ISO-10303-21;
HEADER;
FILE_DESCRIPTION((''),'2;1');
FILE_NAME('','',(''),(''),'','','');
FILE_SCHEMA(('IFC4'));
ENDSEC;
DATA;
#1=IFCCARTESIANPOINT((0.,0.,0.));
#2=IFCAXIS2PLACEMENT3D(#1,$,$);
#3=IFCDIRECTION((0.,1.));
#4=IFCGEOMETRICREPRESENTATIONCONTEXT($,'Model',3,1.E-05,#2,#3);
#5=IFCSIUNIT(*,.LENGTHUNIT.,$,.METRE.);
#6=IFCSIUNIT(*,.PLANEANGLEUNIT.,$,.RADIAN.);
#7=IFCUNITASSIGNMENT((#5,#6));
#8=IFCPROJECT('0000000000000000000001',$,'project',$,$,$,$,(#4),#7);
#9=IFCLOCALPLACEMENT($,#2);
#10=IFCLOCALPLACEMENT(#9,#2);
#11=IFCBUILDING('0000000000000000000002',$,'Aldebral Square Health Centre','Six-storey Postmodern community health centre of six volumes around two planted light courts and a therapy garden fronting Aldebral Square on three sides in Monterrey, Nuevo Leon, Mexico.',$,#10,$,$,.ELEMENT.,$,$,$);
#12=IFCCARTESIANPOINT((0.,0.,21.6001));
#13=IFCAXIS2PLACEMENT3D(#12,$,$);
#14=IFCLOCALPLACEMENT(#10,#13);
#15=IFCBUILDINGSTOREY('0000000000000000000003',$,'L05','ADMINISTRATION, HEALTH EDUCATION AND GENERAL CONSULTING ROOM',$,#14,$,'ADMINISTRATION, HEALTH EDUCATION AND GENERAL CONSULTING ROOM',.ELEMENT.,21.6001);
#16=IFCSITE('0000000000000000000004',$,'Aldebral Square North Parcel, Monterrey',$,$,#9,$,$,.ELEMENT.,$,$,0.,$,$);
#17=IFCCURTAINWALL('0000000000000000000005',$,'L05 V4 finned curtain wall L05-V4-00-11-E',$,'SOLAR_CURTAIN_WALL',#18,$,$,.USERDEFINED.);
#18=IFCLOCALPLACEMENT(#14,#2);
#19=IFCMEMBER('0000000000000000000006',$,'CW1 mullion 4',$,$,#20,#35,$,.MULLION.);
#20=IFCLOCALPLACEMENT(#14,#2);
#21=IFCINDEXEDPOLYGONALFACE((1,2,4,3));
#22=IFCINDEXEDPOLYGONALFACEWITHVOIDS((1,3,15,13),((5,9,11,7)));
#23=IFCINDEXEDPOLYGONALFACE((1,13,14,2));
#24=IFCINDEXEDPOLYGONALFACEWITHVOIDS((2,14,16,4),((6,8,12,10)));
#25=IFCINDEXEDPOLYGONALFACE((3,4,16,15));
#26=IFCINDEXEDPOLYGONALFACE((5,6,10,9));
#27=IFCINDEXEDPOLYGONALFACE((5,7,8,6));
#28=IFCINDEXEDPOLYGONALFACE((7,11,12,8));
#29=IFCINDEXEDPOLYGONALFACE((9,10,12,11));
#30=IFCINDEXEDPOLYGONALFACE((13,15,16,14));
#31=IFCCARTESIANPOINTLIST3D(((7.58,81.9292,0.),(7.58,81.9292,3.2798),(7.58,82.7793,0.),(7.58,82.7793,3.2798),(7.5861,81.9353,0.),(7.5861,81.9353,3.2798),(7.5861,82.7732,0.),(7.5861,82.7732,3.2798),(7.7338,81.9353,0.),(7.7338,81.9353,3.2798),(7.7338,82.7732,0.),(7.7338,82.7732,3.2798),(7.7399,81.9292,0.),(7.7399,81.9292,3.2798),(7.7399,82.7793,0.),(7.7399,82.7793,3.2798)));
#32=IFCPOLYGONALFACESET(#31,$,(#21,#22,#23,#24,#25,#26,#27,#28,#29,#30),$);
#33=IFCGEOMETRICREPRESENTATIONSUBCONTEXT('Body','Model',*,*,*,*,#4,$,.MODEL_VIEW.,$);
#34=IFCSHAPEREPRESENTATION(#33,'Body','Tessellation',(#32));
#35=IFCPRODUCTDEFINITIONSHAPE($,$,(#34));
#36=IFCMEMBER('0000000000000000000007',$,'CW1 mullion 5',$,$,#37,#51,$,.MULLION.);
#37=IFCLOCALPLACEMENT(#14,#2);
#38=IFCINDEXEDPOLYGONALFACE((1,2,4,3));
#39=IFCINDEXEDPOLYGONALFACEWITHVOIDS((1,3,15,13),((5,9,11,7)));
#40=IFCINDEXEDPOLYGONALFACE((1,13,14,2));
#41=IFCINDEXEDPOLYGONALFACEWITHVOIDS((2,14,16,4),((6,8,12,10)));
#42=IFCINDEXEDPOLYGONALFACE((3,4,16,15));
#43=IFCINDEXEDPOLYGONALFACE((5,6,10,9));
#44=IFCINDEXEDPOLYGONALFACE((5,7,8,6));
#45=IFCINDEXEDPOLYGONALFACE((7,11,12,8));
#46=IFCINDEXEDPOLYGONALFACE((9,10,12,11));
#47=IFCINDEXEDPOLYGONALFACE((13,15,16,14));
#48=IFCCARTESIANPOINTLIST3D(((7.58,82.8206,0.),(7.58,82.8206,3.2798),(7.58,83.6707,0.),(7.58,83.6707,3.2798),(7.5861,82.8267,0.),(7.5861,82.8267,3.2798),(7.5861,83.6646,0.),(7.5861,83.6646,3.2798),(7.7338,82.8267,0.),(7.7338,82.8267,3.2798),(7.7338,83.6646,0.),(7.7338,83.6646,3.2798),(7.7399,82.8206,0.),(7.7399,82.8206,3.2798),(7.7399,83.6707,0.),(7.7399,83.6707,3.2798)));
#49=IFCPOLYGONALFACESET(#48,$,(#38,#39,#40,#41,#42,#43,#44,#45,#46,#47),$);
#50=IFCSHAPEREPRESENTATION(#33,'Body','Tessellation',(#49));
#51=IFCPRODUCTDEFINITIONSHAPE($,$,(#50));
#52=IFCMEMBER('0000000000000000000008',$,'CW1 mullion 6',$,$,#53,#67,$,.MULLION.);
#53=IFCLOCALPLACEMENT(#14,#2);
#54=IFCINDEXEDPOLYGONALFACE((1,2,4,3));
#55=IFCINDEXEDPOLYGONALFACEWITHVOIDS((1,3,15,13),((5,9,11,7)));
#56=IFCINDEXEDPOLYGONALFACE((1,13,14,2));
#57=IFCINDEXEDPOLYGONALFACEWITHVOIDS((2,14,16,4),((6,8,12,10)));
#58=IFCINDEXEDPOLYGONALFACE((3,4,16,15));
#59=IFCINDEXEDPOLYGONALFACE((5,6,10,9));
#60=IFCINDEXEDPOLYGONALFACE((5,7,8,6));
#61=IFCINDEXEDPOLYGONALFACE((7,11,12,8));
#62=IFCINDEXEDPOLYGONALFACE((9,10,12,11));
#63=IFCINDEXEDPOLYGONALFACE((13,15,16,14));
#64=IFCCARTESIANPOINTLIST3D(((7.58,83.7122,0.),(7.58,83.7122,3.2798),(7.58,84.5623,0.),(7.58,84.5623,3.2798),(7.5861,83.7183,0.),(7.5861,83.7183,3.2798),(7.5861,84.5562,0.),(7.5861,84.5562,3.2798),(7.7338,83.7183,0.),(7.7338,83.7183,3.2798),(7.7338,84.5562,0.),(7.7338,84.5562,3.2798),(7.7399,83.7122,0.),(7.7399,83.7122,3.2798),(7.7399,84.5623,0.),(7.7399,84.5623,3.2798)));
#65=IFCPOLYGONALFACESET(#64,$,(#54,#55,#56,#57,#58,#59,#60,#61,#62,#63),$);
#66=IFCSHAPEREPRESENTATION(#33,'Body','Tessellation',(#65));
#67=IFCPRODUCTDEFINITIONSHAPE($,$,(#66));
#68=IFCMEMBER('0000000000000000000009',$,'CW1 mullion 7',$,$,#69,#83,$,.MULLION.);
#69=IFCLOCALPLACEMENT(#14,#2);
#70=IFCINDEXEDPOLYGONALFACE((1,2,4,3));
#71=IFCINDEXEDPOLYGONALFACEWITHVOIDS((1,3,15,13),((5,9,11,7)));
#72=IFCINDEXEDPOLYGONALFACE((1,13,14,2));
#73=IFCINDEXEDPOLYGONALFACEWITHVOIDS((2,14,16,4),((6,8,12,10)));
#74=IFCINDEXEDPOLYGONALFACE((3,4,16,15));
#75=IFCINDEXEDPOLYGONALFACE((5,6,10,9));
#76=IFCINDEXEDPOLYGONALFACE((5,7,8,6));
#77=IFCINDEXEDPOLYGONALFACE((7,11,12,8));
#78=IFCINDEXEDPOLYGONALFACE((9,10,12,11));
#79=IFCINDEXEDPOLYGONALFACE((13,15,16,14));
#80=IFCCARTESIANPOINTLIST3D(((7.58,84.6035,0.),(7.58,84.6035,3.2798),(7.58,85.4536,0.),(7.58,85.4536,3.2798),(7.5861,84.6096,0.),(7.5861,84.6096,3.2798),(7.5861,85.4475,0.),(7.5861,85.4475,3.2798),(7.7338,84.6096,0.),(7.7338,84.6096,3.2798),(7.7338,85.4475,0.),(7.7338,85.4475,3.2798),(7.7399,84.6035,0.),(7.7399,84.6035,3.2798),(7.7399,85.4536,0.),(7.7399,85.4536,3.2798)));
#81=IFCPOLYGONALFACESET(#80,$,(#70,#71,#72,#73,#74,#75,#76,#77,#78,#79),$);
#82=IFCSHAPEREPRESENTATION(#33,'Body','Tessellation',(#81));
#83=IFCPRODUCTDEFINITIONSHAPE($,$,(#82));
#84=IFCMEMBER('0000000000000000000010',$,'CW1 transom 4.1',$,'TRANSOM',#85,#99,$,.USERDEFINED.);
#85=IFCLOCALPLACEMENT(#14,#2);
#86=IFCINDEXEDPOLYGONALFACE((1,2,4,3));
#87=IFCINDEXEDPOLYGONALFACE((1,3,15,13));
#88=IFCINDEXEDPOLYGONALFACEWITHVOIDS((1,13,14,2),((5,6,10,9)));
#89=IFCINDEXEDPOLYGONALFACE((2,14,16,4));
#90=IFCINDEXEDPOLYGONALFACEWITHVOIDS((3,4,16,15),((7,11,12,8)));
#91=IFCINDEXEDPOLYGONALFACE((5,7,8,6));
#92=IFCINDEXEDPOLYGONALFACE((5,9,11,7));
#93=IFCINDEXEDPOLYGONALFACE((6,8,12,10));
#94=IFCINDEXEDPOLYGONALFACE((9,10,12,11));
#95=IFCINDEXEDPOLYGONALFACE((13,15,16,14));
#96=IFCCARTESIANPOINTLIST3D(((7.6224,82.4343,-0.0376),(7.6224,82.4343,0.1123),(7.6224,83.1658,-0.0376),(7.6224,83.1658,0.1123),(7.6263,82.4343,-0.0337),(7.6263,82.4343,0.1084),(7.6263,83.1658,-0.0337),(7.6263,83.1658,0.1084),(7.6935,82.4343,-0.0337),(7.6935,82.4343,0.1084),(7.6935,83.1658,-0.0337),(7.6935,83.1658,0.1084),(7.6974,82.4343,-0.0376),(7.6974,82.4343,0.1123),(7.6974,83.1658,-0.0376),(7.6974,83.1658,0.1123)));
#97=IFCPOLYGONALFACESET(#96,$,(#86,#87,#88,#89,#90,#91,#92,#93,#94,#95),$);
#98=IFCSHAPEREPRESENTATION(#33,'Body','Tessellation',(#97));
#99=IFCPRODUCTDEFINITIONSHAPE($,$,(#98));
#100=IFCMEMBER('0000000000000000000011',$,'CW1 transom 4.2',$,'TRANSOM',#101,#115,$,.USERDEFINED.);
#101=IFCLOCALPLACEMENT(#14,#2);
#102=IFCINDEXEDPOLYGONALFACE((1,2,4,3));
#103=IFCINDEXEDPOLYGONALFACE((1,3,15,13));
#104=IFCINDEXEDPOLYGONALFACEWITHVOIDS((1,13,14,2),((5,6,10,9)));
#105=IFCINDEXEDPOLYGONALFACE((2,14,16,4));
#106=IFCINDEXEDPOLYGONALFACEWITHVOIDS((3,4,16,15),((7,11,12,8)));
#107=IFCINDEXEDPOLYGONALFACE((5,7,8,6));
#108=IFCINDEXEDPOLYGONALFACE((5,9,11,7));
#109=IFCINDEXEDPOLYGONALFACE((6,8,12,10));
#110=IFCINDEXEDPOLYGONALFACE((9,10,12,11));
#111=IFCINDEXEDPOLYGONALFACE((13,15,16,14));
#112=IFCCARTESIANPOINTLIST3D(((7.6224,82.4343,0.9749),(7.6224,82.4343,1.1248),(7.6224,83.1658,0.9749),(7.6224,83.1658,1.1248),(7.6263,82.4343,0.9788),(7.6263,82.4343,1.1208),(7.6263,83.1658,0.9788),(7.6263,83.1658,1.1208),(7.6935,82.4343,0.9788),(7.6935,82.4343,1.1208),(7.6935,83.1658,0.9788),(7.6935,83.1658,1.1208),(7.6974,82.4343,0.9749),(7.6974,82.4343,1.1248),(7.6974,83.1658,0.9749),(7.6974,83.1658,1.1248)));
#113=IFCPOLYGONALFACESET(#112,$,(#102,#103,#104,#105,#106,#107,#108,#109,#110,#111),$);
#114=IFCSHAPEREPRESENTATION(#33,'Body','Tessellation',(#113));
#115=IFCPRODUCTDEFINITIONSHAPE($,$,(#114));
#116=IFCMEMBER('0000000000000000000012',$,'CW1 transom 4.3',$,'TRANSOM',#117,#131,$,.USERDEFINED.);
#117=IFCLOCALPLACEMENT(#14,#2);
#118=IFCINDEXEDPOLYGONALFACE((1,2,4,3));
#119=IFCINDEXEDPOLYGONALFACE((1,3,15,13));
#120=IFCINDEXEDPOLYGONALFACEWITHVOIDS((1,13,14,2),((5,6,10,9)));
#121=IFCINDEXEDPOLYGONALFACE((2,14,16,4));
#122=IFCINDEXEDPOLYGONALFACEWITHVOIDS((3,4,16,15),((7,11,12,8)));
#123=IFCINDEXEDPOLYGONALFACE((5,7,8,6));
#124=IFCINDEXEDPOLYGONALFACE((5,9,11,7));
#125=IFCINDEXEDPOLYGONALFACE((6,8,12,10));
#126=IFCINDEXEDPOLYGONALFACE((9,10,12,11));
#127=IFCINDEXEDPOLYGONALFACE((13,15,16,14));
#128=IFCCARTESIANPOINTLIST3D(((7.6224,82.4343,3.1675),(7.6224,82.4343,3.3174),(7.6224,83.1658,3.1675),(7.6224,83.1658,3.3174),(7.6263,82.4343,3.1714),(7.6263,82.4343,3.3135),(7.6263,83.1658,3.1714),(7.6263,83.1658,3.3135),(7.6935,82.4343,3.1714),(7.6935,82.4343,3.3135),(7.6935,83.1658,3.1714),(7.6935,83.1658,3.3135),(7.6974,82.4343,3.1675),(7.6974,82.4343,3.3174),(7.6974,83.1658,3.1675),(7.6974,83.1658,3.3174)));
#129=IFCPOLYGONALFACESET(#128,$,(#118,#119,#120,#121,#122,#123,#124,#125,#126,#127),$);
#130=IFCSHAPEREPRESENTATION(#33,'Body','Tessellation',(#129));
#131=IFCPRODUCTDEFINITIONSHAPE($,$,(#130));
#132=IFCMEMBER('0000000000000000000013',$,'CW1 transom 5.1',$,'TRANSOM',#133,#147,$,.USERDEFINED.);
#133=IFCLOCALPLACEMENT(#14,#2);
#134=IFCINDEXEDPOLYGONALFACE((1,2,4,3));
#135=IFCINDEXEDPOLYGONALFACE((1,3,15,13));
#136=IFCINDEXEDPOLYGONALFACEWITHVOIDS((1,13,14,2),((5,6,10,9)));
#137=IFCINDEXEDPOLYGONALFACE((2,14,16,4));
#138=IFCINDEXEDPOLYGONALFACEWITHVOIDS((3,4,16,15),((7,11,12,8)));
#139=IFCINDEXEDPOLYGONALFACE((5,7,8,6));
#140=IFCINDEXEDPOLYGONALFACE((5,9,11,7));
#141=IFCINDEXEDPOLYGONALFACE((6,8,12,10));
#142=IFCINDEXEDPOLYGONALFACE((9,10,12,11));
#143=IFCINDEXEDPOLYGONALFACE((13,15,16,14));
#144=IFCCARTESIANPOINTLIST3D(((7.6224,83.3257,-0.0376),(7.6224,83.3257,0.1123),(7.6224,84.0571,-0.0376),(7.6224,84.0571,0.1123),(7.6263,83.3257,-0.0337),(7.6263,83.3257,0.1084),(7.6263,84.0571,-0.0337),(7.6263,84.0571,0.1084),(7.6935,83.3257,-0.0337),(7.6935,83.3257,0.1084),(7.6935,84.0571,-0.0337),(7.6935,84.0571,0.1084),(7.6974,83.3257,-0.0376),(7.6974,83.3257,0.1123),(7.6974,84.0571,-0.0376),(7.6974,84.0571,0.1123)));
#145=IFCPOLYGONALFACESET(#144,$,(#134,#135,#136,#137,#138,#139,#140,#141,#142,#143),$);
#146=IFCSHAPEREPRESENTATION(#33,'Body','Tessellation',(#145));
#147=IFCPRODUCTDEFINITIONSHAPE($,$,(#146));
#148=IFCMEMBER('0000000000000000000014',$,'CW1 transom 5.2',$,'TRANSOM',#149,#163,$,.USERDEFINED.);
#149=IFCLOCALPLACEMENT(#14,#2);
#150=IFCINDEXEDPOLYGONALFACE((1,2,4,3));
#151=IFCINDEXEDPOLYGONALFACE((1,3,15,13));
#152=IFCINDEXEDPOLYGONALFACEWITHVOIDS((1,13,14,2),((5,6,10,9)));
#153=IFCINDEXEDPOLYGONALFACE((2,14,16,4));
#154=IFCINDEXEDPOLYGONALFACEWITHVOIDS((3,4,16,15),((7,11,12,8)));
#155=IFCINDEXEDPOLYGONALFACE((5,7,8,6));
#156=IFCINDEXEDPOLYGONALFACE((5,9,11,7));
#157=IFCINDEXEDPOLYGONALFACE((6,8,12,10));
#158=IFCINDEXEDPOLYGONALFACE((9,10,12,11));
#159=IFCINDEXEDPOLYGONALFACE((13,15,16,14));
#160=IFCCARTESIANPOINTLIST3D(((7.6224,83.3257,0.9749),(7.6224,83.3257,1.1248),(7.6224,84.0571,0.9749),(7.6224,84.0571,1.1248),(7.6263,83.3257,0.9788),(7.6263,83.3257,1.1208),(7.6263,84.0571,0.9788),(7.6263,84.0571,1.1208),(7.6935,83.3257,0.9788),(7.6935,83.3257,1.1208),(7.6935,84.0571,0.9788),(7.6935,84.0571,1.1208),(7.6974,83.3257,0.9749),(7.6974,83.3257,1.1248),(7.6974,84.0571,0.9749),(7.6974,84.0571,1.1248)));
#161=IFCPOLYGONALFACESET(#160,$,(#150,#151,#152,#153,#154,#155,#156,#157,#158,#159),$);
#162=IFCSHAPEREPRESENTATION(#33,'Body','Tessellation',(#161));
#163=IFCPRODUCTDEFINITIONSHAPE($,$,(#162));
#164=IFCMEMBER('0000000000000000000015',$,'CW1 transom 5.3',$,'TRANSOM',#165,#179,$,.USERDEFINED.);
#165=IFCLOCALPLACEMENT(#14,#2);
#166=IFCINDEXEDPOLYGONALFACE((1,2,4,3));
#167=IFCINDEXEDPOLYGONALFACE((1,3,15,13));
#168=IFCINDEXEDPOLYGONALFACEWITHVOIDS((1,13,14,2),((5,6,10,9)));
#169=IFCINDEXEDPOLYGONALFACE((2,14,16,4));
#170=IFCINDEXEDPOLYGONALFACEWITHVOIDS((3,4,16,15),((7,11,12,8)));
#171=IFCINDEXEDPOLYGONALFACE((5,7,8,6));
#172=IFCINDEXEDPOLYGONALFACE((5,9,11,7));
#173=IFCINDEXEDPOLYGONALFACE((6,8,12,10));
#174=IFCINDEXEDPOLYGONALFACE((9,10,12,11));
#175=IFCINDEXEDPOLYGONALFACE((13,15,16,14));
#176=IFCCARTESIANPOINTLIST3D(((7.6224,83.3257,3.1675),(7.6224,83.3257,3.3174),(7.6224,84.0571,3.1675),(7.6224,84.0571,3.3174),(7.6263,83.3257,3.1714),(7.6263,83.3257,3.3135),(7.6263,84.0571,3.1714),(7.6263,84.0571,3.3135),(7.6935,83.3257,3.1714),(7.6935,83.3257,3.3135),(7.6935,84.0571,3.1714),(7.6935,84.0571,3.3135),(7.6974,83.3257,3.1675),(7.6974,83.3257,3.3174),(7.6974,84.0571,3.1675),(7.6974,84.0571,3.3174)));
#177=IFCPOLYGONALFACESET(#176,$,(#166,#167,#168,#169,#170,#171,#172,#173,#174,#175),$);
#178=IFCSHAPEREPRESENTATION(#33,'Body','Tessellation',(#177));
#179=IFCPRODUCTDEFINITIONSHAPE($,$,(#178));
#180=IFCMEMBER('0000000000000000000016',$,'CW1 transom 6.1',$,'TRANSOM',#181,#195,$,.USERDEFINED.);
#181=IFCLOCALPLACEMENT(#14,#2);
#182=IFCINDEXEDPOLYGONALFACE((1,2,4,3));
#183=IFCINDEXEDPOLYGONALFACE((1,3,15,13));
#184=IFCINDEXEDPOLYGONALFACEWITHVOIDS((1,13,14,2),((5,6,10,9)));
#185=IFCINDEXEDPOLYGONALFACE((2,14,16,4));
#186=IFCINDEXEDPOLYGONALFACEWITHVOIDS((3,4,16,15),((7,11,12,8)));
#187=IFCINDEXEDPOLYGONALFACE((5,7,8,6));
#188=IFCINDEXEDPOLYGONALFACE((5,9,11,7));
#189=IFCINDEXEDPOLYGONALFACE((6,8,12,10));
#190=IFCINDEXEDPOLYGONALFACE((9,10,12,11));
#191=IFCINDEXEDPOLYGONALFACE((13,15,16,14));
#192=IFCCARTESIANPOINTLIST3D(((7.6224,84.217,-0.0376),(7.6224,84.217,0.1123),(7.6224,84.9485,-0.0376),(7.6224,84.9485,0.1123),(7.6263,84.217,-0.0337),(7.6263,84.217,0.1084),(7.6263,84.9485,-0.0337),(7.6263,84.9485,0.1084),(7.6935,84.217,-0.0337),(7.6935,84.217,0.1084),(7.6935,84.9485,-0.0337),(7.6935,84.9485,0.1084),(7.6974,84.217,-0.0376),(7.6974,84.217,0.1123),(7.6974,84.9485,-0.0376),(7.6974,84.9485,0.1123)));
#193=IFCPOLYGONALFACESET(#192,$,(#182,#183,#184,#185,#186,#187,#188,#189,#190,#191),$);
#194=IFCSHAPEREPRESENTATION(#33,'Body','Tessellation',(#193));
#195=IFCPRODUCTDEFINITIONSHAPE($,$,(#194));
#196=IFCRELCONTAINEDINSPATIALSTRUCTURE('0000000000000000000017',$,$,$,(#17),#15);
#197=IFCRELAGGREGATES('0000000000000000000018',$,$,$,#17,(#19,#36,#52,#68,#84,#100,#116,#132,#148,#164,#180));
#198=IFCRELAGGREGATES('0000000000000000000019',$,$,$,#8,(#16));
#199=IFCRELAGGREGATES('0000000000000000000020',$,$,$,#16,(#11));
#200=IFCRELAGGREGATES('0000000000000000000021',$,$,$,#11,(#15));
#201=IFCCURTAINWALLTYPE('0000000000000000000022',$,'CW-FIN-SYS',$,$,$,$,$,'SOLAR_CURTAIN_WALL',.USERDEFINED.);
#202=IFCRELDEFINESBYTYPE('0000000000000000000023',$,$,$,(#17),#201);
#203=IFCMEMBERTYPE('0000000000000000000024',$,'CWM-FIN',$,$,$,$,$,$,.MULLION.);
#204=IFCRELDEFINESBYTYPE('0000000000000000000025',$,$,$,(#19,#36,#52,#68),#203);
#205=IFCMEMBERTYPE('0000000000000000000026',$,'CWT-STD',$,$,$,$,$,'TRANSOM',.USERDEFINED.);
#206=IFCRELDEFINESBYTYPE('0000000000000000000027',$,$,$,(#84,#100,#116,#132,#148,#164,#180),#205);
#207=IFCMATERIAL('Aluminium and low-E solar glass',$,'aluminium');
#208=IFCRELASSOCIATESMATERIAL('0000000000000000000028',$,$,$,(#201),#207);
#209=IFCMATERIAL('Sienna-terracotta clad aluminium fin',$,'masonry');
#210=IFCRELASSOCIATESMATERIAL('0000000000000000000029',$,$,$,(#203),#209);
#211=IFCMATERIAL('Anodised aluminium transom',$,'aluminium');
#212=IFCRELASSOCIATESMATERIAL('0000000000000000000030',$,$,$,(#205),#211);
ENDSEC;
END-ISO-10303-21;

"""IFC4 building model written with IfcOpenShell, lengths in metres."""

from ifc_helpers import new_model, si_unit, direction, frame, origin, origin_2d, place, context, subcontext, project, spatial, hollow_rectangle, extrude, material, material_profile, profile_set, type_object, element, aggregate, save


model = new_model("IFC4")

# Units and contexts
model_context = context("Model", 3, precision=1e-05, world=origin(), true_north=direction((0.0, 1.0)))
body_context = subcontext(model_context, "Body", "Model", "MODEL_VIEW")
ifc_project = project(units=[si_unit("LENGTHUNIT", "METRE"), si_unit("PLANEANGLEUNIT", "RADIAN")], contexts=[model_context])

# Site, building, storey
site_placement = place(None, origin())
site = spatial("IfcSite", under=ifc_project, at=site_placement, Name="Aldebral Square North Parcel, Monterrey", CompositionType="ELEMENT", RefElevation=0.0)
building_placement = place(site_placement, origin())
building = spatial("IfcBuilding", under=site, at=building_placement, Name="Aldebral Square Health Centre", Description="Six-storey Postmodern community health centre of six volumes around two planted light courts and a therapy garden fronting Aldebral Square on three sides in Monterrey, Nuevo Leon, Mexico.", CompositionType="ELEMENT")
storey_placement = place(building_placement, frame((0.0, 0.0, 21.6001)))
storey = spatial("IfcBuildingStorey", under=building, at=storey_placement, Name="L05", Description="ADMINISTRATION, HEALTH EDUCATION AND GENERAL CONSULTING ROOM", LongName="ADMINISTRATION, HEALTH EDUCATION AND GENERAL CONSULTING ROOM", CompositionType="ELEMENT", Elevation=21.6001)

# Curtain wall, members
ifc_material_1 = material(Name="Aluminium and low-E solar glass", Category="aluminium")
curtain_wall_type = type_object("IfcCurtainWallType", Name="CW-FIN-SYS", ElementType="SOLAR_CURTAIN_WALL", PredefinedType="USERDEFINED", material=ifc_material_1)
curtain_wall_placement = place(storey_placement, origin())
curtain_wall = element("IfcCurtainWall", 1, at=curtain_wall_placement, inside=storey, type_object=curtain_wall_type, Name="L05 V4 finned curtain wall L05-V4-00-11-E", ObjectType="SOLAR_CURTAIN_WALL", PredefinedType="USERDEFINED")
ifc_material_2 = material(Name="Sienna-terracotta clad aluminium fin", Category="masonry")
ifc_material_profile_1 = material_profile(ifc_material_2, hollow_rectangle(XDim=0.1599, YDim=0.8501, WallThickness=0.0061, at=origin_2d()), Name="FIN 160x850x6")
ifc_profile_set_1 = profile_set([ifc_material_profile_1], Name="Sienna-terracotta clad aluminium fin")
member_type_1 = type_object("IfcMemberType", Name="CWM-FIN", PredefinedType="MULLION", material=ifc_profile_set_1)
member_1_placement = place(storey_placement, frame((7.6599, 82.3542, 0.0), z_axis=(0.0, 0.0, 1.0), x_axis=(-1.0, 0.0, 0.0)))
member_1 = element("IfcMember", 2, at=member_1_placement, type_object=member_type_1, Name="CW1 mullion 4", PredefinedType="MULLION", context=body_context, shape_type="SweptSolid", body=[
    extrude(hollow_rectangle(XDim=0.1599, YDim=0.8501, WallThickness=0.0061, at=origin_2d()), origin(), (0.0, 0.0, 1.0), 3.2798),
])
member_2_placement = place(storey_placement, frame((7.6599, 83.2456, 0.0), z_axis=(0.0, 0.0, 1.0), x_axis=(-1.0, 0.0, 0.0)))
member_2 = element("IfcMember", 3, at=member_2_placement, type_object=member_type_1, Name="CW1 mullion 5", PredefinedType="MULLION", context=body_context, shape_type="SweptSolid", body=[
    extrude(hollow_rectangle(XDim=0.1599, YDim=0.8501, WallThickness=0.0061, at=origin_2d()), origin(), (0.0, 0.0, 1.0), 3.2798),
])
member_3_placement = place(storey_placement, frame((7.6599, 84.1372, 0.0), z_axis=(0.0, 0.0, 1.0), x_axis=(-1.0, 0.0, 0.0)))
member_3 = element("IfcMember", 4, at=member_3_placement, type_object=member_type_1, Name="CW1 mullion 6", PredefinedType="MULLION", context=body_context, shape_type="SweptSolid", body=[
    extrude(hollow_rectangle(XDim=0.1599, YDim=0.8501, WallThickness=0.0061, at=origin_2d()), origin(), (0.0, 0.0, 1.0), 3.2798),
])
member_4_placement = place(storey_placement, frame((7.6599, 85.0286, 0.0), z_axis=(0.0, 0.0, 1.0), x_axis=(-1.0, 0.0, 0.0)))
member_4 = element("IfcMember", 5, at=member_4_placement, type_object=member_type_1, Name="CW1 mullion 7", PredefinedType="MULLION", context=body_context, shape_type="SweptSolid", body=[
    extrude(hollow_rectangle(XDim=0.1599, YDim=0.8501, WallThickness=0.0061, at=origin_2d()), origin(), (0.0, 0.0, 1.0), 3.2798),
])
ifc_material_3 = material(Name="Anodised aluminium transom", Category="aluminium")
ifc_material_profile_2 = material_profile(ifc_material_3, hollow_rectangle(XDim=0.075, YDim=0.1499, WallThickness=0.0039, at=origin_2d()), Name="CWT 75x150x4")
ifc_profile_set_2 = profile_set([ifc_material_profile_2], Name="Anodised aluminium transom")
member_type_2 = type_object("IfcMemberType", Name="CWT-STD", ElementType="TRANSOM", PredefinedType="USERDEFINED", material=ifc_profile_set_2)
member_5_placement = place(storey_placement, frame((7.6599, 82.4343, 0.0374), z_axis=(0.0, 1.0, 0.0), x_axis=(-1.0, 0.0, 0.0)))
member_5 = element("IfcMember", 6, at=member_5_placement, type_object=member_type_2, Name="CW1 transom 4.1", ObjectType="TRANSOM", PredefinedType="USERDEFINED", context=body_context, shape_type="SweptSolid", body=[
    extrude(hollow_rectangle(XDim=0.075, YDim=0.1499, WallThickness=0.0039, at=origin_2d()), origin(), (0.0, 0.0, 1.0), 0.7314),
])
member_6_placement = place(storey_placement, frame((7.6599, 82.4343, 1.0498), z_axis=(0.0, 1.0, 0.0), x_axis=(-1.0, 0.0, 0.0)))
member_6 = element("IfcMember", 7, at=member_6_placement, type_object=member_type_2, Name="CW1 transom 4.2", ObjectType="TRANSOM", PredefinedType="USERDEFINED", context=body_context, shape_type="SweptSolid", body=[
    extrude(hollow_rectangle(XDim=0.075, YDim=0.1499, WallThickness=0.0039, at=origin_2d()), origin(), (0.0, 0.0, 1.0), 0.7314),
])
member_7_placement = place(storey_placement, frame((7.6599, 82.4343, 3.2424), z_axis=(0.0, 1.0, 0.0), x_axis=(-1.0, 0.0, 0.0)))
member_7 = element("IfcMember", 8, at=member_7_placement, type_object=member_type_2, Name="CW1 transom 4.3", ObjectType="TRANSOM", PredefinedType="USERDEFINED", context=body_context, shape_type="SweptSolid", body=[
    extrude(hollow_rectangle(XDim=0.075, YDim=0.1499, WallThickness=0.0039, at=origin_2d()), origin(), (0.0, 0.0, 1.0), 0.7314),
])
member_8_placement = place(storey_placement, frame((7.6599, 83.3257, 0.0374), z_axis=(0.0, 1.0, 0.0), x_axis=(-1.0, 0.0, 0.0)))
member_8 = element("IfcMember", 9, at=member_8_placement, type_object=member_type_2, Name="CW1 transom 5.1", ObjectType="TRANSOM", PredefinedType="USERDEFINED", context=body_context, shape_type="SweptSolid", body=[
    extrude(hollow_rectangle(XDim=0.075, YDim=0.1499, WallThickness=0.0039, at=origin_2d()), origin(), (0.0, 0.0, 1.0), 0.7314),
])
member_9_placement = place(storey_placement, frame((7.6599, 83.3257, 1.0498), z_axis=(0.0, 1.0, 0.0), x_axis=(-1.0, 0.0, 0.0)))
member_9 = element("IfcMember", 10, at=member_9_placement, type_object=member_type_2, Name="CW1 transom 5.2", ObjectType="TRANSOM", PredefinedType="USERDEFINED", context=body_context, shape_type="SweptSolid", body=[
    extrude(hollow_rectangle(XDim=0.075, YDim=0.1499, WallThickness=0.0039, at=origin_2d()), origin(), (0.0, 0.0, 1.0), 0.7314),
])
member_10_placement = place(storey_placement, frame((7.6599, 83.3257, 3.2424), z_axis=(0.0, 1.0, 0.0), x_axis=(-1.0, 0.0, 0.0)))
member_10 = element("IfcMember", 11, at=member_10_placement, type_object=member_type_2, Name="CW1 transom 5.3", ObjectType="TRANSOM", PredefinedType="USERDEFINED", context=body_context, shape_type="SweptSolid", body=[
    extrude(hollow_rectangle(XDim=0.075, YDim=0.1499, WallThickness=0.0039, at=origin_2d()), origin(), (0.0, 0.0, 1.0), 0.7314),
])
member_11_placement = place(storey_placement, frame((7.6599, 84.217, 0.0374), z_axis=(0.0, 1.0, 0.0), x_axis=(-1.0, 0.0, 0.0)))
member_11 = element("IfcMember", 12, at=member_11_placement, type_object=member_type_2, Name="CW1 transom 6.1", ObjectType="TRANSOM", PredefinedType="USERDEFINED", context=body_context, shape_type="SweptSolid", body=[
    extrude(hollow_rectangle(XDim=0.075, YDim=0.1499, WallThickness=0.0039, at=origin_2d()), origin(), (0.0, 0.0, 1.0), 0.7314),
])
aggregate(curtain_wall, [member_1, member_2, member_3, member_4, member_5, member_6, member_7, member_8, member_9, member_10, member_11])

save(model, "model.ifc")
